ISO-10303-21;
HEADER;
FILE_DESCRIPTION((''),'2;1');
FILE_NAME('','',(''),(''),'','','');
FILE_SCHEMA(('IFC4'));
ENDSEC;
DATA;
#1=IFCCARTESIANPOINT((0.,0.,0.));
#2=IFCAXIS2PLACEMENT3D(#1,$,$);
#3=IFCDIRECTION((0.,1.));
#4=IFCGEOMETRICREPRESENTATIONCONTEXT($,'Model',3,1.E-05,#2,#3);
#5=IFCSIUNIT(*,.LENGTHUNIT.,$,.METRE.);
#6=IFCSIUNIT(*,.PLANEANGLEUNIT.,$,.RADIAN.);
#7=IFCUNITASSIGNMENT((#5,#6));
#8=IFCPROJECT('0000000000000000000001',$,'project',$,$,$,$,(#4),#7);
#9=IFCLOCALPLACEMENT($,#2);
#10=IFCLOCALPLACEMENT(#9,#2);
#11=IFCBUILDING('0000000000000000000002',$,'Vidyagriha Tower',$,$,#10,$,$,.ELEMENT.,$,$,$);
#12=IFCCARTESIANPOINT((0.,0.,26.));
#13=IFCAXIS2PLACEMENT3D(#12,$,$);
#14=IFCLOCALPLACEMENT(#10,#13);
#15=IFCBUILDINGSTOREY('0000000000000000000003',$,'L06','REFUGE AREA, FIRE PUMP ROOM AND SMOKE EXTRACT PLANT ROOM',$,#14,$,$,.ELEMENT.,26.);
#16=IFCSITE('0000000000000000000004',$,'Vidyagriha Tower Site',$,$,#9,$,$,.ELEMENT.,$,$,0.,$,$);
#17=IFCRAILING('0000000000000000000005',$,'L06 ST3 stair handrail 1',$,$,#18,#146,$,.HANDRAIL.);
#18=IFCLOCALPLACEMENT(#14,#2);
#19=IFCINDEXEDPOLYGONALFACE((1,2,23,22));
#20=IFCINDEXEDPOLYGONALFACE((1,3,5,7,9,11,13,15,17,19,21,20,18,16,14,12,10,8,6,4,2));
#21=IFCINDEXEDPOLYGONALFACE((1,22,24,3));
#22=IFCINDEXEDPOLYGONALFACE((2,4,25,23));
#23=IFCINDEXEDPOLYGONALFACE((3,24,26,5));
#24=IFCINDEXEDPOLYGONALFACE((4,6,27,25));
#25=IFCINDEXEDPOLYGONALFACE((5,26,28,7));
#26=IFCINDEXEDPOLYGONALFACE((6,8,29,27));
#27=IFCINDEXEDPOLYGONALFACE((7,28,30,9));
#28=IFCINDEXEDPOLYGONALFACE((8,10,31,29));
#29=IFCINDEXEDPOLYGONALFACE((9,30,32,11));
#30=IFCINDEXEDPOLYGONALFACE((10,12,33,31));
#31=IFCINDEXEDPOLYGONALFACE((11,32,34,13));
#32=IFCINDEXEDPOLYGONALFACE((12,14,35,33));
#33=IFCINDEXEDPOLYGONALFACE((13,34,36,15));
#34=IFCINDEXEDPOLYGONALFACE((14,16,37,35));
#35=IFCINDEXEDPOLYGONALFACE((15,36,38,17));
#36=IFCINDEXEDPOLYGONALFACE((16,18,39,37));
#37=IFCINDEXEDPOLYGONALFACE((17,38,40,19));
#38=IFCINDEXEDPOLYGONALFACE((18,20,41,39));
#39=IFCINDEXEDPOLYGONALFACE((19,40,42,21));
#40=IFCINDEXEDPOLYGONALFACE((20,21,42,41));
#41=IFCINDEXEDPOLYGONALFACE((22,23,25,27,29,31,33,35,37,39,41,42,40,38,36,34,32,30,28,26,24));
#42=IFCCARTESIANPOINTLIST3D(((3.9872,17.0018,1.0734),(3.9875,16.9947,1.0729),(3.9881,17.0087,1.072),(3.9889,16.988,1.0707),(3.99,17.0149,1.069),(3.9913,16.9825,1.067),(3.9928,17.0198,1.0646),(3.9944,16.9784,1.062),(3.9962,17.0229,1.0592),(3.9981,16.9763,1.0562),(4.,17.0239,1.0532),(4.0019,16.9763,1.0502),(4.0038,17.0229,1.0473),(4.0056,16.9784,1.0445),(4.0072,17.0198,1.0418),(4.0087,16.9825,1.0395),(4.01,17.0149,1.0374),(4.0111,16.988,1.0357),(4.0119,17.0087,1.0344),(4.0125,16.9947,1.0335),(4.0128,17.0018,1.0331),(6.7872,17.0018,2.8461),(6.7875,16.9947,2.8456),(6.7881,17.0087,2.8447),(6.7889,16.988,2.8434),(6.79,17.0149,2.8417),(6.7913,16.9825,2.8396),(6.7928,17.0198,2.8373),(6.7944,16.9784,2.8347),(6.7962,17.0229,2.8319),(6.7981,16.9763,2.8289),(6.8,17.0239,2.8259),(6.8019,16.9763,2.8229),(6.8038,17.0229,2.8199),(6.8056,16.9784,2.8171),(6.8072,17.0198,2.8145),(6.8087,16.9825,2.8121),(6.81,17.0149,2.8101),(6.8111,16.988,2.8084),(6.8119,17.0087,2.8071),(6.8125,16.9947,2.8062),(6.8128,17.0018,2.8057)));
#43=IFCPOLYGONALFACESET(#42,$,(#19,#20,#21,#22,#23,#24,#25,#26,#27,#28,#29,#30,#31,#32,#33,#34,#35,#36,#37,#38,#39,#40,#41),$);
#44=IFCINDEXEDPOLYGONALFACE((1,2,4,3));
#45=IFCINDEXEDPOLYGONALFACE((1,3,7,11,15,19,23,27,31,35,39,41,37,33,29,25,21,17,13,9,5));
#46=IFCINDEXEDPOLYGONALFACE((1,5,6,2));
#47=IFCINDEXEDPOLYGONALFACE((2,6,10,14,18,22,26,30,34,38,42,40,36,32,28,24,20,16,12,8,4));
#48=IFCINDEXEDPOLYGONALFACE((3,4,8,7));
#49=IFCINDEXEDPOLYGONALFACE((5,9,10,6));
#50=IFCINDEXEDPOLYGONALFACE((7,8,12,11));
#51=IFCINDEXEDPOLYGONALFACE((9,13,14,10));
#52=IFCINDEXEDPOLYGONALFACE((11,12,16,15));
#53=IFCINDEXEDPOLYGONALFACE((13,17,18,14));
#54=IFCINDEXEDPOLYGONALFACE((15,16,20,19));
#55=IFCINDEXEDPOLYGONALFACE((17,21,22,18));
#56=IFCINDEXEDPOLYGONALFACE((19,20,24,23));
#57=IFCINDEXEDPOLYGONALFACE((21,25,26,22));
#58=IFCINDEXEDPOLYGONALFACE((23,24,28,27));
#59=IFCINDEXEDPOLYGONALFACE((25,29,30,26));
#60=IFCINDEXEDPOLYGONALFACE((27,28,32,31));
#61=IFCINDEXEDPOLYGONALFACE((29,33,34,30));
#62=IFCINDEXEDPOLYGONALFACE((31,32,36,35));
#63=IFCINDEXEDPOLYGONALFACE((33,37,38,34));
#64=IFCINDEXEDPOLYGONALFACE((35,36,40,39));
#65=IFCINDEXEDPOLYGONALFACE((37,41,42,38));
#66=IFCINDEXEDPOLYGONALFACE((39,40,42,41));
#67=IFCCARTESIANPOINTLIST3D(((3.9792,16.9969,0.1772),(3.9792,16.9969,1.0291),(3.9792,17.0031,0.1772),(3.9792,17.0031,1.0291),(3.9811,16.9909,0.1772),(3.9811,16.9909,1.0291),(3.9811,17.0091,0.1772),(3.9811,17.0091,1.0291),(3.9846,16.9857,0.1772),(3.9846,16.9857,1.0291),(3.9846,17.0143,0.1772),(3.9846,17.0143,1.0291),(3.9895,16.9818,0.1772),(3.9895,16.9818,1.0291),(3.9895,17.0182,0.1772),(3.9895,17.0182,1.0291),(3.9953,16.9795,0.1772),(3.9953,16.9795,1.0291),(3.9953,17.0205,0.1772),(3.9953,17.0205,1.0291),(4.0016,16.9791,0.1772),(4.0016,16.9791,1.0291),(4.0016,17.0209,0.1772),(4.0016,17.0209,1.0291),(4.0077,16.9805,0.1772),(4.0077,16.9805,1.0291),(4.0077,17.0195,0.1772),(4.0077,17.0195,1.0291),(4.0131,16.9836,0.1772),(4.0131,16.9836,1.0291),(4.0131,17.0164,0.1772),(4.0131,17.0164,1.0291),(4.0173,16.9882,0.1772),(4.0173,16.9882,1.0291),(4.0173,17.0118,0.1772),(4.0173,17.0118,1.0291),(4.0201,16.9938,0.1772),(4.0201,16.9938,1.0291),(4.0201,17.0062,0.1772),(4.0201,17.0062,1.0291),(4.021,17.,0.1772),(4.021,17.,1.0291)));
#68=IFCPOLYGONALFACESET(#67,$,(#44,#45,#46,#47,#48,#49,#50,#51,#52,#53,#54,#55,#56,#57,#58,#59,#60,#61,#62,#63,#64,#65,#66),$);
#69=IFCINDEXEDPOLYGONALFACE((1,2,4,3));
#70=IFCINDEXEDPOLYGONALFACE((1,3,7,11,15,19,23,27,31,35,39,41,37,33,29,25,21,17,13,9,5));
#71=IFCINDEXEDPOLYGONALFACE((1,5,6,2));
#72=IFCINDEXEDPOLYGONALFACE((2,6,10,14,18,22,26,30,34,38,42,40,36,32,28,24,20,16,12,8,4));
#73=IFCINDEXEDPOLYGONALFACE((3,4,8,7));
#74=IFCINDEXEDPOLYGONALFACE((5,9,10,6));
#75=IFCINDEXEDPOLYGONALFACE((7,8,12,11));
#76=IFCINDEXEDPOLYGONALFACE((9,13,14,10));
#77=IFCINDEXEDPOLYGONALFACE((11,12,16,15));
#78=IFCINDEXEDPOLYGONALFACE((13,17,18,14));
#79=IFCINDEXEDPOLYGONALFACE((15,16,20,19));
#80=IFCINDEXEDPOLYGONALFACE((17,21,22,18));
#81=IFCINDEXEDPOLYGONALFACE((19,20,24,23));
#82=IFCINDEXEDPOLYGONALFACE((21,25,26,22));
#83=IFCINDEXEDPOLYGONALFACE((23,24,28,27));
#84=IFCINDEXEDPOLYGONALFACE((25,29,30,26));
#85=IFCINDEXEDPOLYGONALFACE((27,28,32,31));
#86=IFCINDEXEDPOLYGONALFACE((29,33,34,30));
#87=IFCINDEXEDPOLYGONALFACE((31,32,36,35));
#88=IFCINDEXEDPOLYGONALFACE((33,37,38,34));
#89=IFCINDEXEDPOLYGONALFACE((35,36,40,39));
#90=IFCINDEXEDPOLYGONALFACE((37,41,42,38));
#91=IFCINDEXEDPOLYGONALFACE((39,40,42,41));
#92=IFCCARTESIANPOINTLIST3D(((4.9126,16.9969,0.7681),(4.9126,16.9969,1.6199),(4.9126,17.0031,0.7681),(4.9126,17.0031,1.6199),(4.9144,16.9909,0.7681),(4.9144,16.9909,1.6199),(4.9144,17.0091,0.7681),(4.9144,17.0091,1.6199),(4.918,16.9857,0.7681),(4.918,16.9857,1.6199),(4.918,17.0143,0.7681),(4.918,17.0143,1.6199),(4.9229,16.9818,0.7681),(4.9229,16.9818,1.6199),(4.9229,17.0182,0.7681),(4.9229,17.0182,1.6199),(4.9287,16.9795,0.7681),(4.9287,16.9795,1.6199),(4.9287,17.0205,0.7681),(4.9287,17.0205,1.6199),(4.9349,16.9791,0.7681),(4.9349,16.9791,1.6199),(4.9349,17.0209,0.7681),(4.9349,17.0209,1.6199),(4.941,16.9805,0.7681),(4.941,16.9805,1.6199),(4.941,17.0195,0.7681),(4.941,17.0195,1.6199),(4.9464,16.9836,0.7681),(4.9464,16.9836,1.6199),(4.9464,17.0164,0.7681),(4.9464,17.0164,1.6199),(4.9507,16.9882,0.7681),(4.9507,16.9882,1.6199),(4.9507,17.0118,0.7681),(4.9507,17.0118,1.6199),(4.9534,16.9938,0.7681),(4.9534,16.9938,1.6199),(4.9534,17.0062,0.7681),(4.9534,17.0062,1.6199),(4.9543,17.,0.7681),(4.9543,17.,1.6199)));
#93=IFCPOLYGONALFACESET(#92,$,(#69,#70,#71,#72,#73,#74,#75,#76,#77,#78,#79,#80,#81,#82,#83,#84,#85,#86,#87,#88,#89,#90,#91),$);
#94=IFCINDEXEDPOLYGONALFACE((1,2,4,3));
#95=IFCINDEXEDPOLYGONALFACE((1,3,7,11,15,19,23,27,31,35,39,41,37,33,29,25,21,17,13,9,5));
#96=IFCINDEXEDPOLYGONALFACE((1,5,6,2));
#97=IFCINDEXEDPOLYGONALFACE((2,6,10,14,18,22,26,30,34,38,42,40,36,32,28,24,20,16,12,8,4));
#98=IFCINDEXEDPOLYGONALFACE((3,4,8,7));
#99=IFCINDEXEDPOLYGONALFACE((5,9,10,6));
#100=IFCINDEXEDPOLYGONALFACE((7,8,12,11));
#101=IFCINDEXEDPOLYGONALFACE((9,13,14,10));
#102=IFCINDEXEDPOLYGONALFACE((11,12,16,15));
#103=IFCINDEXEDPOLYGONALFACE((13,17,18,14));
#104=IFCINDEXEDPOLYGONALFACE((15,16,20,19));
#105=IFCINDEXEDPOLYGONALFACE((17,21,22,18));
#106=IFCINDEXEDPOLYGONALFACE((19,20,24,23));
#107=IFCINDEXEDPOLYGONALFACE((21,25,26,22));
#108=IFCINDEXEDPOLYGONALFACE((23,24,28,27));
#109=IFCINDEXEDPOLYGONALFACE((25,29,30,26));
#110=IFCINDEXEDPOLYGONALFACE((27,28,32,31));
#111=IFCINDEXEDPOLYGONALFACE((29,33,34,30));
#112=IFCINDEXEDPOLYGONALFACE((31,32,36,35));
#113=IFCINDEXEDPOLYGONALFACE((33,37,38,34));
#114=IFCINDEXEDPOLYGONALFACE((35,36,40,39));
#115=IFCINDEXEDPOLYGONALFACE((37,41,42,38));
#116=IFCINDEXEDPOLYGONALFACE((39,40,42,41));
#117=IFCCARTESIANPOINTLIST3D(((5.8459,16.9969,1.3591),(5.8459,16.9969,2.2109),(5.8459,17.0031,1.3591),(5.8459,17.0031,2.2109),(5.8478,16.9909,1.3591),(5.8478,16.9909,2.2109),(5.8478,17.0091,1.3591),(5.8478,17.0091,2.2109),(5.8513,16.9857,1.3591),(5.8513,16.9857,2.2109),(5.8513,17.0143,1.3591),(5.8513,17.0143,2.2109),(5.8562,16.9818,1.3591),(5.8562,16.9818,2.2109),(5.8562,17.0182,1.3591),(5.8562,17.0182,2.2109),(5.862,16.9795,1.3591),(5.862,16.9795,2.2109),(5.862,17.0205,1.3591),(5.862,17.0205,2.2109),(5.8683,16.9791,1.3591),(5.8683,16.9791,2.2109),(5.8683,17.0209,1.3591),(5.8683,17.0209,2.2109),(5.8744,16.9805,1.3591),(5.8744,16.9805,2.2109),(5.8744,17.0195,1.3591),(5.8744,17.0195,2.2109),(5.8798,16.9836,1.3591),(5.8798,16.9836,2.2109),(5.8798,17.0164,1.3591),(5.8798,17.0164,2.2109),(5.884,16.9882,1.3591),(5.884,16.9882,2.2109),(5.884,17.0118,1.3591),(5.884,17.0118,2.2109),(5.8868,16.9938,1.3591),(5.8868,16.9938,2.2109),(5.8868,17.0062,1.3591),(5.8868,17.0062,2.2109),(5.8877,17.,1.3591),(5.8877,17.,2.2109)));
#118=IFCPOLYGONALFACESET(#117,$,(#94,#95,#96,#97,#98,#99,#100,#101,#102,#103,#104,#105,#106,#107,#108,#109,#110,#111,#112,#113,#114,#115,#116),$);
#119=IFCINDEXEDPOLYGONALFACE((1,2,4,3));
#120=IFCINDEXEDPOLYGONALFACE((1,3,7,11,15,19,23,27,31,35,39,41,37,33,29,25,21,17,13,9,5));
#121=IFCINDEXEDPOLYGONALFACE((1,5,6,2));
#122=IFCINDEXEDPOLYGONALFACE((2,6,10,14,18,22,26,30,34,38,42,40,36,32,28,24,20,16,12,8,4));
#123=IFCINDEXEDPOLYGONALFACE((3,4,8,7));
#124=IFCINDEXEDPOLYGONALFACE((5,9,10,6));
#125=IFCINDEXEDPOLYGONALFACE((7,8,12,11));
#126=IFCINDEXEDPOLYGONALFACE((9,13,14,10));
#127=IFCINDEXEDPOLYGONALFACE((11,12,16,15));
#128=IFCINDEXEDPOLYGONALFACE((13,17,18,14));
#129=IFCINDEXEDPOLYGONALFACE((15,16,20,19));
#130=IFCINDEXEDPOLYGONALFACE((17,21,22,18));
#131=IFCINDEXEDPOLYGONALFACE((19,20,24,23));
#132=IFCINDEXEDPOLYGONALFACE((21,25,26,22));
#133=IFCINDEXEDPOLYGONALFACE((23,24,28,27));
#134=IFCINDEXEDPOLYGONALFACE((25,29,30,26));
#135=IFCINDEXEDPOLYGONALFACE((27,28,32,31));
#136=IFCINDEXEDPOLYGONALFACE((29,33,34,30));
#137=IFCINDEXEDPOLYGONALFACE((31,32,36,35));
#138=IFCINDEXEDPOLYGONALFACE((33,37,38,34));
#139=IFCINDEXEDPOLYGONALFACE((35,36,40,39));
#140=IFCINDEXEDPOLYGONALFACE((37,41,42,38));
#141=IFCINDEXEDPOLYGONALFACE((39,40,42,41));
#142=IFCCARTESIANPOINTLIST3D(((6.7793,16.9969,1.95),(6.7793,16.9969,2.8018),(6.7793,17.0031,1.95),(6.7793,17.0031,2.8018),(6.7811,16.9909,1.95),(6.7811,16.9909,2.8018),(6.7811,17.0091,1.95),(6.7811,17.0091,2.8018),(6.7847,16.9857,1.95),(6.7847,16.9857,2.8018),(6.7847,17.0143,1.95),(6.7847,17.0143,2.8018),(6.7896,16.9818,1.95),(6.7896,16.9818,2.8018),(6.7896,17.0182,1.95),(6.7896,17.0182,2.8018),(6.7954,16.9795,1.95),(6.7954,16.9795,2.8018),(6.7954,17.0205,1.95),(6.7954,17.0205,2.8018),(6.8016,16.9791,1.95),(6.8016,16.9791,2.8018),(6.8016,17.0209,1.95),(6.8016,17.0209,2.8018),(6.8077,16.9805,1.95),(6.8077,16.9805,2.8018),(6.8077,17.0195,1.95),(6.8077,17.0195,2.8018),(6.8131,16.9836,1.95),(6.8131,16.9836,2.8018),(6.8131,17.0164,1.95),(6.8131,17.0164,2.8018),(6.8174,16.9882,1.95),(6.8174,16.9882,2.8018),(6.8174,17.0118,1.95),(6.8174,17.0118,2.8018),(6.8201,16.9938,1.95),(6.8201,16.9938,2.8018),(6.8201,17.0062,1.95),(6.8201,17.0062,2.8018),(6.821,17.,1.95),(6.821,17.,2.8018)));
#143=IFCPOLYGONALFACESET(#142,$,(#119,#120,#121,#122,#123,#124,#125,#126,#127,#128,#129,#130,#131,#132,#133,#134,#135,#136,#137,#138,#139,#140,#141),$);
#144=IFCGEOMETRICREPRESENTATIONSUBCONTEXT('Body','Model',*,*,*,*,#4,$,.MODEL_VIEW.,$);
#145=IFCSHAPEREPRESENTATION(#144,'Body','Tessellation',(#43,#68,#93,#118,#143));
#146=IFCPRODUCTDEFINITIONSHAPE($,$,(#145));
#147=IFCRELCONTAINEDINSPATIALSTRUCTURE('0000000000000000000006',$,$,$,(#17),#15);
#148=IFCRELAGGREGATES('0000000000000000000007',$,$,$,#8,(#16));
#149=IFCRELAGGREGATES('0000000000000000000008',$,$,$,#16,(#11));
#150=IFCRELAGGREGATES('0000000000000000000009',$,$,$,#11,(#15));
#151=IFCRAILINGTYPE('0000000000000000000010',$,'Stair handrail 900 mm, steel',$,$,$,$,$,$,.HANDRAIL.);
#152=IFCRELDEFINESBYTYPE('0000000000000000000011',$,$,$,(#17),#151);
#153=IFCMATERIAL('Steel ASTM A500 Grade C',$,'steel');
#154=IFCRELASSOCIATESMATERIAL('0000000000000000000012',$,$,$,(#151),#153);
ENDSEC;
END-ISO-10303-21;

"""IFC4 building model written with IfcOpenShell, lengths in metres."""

from ifc_helpers import new_model, si_unit, direction, frame, origin, origin_2d, place, context, subcontext, project, spatial, circle, extrude, material, type_object, element, save


model = new_model("IFC4")

# Units and contexts
model_context = context("Model", 3, precision=1e-05, world=origin(), true_north=direction((0.0, 1.0)))
body_context = subcontext(model_context, "Body", "Model", "MODEL_VIEW")
ifc_project = project(units=[si_unit("LENGTHUNIT", "METRE"), si_unit("PLANEANGLEUNIT", "RADIAN")], contexts=[model_context])

# Site, building, storey
site_placement = place(None, origin())
site = spatial("IfcSite", under=ifc_project, at=site_placement, Name="Vidyagriha Tower Site", CompositionType="ELEMENT", RefElevation=0.0)
building_placement = place(site_placement, origin())
building = spatial("IfcBuilding", under=site, at=building_placement, Name="Vidyagriha Tower", CompositionType="ELEMENT")
storey_placement = place(building_placement, frame((0.0, 0.0, 26.0)))
storey = spatial("IfcBuildingStorey", under=building, at=storey_placement, Name="L06", Description="REFUGE AREA, FIRE PUMP ROOM AND SMOKE EXTRACT PLANT ROOM", CompositionType="ELEMENT", Elevation=26.0)

# Railing
ifc_material_1 = material(Name="Steel ASTM A500 Grade C", Category="steel")
railing_type_1 = type_object("IfcRailingType", Name="Stair handrail 900 mm, steel", PredefinedType="HANDRAIL", material=ifc_material_1)
railing_1_placement = place(storey_placement, frame((4.0, 17.0, 0.1772)))
element("IfcRailing", 1, at=railing_1_placement, inside=storey, type_object=railing_type_1, Name="L06 ST3 stair handrail 1", PredefinedType="HANDRAIL", context=body_context, shape_type="SweptSolid", body=[
    extrude(circle(Radius=0.0239, at=origin_2d()), frame((0.0, 0.0, 0.876), z_axis=(0.844909, 0.0, 0.53491), x_axis=(0.0, 1.0, 0.0)), (0.0, 0.0, 1.0), 3.314),
    extrude(circle(Radius=0.021, at=origin_2d()), origin(), (0.0, 0.0, 1.0), 0.8518),
    extrude(circle(Radius=0.021, at=origin_2d()), frame((0.9333, 0.0, 0.5908)), (0.0, 0.0, 1.0), 0.8518),
    extrude(circle(Radius=0.021, at=origin_2d()), frame((1.8667, 0.0, 1.1819)), (0.0, 0.0, 1.0), 0.8518),
    extrude(circle(Radius=0.021, at=origin_2d()), frame((2.8, 0.0, 1.7727)), (0.0, 0.0, 1.0), 0.8518),
])

save(model, "model.ifc")
